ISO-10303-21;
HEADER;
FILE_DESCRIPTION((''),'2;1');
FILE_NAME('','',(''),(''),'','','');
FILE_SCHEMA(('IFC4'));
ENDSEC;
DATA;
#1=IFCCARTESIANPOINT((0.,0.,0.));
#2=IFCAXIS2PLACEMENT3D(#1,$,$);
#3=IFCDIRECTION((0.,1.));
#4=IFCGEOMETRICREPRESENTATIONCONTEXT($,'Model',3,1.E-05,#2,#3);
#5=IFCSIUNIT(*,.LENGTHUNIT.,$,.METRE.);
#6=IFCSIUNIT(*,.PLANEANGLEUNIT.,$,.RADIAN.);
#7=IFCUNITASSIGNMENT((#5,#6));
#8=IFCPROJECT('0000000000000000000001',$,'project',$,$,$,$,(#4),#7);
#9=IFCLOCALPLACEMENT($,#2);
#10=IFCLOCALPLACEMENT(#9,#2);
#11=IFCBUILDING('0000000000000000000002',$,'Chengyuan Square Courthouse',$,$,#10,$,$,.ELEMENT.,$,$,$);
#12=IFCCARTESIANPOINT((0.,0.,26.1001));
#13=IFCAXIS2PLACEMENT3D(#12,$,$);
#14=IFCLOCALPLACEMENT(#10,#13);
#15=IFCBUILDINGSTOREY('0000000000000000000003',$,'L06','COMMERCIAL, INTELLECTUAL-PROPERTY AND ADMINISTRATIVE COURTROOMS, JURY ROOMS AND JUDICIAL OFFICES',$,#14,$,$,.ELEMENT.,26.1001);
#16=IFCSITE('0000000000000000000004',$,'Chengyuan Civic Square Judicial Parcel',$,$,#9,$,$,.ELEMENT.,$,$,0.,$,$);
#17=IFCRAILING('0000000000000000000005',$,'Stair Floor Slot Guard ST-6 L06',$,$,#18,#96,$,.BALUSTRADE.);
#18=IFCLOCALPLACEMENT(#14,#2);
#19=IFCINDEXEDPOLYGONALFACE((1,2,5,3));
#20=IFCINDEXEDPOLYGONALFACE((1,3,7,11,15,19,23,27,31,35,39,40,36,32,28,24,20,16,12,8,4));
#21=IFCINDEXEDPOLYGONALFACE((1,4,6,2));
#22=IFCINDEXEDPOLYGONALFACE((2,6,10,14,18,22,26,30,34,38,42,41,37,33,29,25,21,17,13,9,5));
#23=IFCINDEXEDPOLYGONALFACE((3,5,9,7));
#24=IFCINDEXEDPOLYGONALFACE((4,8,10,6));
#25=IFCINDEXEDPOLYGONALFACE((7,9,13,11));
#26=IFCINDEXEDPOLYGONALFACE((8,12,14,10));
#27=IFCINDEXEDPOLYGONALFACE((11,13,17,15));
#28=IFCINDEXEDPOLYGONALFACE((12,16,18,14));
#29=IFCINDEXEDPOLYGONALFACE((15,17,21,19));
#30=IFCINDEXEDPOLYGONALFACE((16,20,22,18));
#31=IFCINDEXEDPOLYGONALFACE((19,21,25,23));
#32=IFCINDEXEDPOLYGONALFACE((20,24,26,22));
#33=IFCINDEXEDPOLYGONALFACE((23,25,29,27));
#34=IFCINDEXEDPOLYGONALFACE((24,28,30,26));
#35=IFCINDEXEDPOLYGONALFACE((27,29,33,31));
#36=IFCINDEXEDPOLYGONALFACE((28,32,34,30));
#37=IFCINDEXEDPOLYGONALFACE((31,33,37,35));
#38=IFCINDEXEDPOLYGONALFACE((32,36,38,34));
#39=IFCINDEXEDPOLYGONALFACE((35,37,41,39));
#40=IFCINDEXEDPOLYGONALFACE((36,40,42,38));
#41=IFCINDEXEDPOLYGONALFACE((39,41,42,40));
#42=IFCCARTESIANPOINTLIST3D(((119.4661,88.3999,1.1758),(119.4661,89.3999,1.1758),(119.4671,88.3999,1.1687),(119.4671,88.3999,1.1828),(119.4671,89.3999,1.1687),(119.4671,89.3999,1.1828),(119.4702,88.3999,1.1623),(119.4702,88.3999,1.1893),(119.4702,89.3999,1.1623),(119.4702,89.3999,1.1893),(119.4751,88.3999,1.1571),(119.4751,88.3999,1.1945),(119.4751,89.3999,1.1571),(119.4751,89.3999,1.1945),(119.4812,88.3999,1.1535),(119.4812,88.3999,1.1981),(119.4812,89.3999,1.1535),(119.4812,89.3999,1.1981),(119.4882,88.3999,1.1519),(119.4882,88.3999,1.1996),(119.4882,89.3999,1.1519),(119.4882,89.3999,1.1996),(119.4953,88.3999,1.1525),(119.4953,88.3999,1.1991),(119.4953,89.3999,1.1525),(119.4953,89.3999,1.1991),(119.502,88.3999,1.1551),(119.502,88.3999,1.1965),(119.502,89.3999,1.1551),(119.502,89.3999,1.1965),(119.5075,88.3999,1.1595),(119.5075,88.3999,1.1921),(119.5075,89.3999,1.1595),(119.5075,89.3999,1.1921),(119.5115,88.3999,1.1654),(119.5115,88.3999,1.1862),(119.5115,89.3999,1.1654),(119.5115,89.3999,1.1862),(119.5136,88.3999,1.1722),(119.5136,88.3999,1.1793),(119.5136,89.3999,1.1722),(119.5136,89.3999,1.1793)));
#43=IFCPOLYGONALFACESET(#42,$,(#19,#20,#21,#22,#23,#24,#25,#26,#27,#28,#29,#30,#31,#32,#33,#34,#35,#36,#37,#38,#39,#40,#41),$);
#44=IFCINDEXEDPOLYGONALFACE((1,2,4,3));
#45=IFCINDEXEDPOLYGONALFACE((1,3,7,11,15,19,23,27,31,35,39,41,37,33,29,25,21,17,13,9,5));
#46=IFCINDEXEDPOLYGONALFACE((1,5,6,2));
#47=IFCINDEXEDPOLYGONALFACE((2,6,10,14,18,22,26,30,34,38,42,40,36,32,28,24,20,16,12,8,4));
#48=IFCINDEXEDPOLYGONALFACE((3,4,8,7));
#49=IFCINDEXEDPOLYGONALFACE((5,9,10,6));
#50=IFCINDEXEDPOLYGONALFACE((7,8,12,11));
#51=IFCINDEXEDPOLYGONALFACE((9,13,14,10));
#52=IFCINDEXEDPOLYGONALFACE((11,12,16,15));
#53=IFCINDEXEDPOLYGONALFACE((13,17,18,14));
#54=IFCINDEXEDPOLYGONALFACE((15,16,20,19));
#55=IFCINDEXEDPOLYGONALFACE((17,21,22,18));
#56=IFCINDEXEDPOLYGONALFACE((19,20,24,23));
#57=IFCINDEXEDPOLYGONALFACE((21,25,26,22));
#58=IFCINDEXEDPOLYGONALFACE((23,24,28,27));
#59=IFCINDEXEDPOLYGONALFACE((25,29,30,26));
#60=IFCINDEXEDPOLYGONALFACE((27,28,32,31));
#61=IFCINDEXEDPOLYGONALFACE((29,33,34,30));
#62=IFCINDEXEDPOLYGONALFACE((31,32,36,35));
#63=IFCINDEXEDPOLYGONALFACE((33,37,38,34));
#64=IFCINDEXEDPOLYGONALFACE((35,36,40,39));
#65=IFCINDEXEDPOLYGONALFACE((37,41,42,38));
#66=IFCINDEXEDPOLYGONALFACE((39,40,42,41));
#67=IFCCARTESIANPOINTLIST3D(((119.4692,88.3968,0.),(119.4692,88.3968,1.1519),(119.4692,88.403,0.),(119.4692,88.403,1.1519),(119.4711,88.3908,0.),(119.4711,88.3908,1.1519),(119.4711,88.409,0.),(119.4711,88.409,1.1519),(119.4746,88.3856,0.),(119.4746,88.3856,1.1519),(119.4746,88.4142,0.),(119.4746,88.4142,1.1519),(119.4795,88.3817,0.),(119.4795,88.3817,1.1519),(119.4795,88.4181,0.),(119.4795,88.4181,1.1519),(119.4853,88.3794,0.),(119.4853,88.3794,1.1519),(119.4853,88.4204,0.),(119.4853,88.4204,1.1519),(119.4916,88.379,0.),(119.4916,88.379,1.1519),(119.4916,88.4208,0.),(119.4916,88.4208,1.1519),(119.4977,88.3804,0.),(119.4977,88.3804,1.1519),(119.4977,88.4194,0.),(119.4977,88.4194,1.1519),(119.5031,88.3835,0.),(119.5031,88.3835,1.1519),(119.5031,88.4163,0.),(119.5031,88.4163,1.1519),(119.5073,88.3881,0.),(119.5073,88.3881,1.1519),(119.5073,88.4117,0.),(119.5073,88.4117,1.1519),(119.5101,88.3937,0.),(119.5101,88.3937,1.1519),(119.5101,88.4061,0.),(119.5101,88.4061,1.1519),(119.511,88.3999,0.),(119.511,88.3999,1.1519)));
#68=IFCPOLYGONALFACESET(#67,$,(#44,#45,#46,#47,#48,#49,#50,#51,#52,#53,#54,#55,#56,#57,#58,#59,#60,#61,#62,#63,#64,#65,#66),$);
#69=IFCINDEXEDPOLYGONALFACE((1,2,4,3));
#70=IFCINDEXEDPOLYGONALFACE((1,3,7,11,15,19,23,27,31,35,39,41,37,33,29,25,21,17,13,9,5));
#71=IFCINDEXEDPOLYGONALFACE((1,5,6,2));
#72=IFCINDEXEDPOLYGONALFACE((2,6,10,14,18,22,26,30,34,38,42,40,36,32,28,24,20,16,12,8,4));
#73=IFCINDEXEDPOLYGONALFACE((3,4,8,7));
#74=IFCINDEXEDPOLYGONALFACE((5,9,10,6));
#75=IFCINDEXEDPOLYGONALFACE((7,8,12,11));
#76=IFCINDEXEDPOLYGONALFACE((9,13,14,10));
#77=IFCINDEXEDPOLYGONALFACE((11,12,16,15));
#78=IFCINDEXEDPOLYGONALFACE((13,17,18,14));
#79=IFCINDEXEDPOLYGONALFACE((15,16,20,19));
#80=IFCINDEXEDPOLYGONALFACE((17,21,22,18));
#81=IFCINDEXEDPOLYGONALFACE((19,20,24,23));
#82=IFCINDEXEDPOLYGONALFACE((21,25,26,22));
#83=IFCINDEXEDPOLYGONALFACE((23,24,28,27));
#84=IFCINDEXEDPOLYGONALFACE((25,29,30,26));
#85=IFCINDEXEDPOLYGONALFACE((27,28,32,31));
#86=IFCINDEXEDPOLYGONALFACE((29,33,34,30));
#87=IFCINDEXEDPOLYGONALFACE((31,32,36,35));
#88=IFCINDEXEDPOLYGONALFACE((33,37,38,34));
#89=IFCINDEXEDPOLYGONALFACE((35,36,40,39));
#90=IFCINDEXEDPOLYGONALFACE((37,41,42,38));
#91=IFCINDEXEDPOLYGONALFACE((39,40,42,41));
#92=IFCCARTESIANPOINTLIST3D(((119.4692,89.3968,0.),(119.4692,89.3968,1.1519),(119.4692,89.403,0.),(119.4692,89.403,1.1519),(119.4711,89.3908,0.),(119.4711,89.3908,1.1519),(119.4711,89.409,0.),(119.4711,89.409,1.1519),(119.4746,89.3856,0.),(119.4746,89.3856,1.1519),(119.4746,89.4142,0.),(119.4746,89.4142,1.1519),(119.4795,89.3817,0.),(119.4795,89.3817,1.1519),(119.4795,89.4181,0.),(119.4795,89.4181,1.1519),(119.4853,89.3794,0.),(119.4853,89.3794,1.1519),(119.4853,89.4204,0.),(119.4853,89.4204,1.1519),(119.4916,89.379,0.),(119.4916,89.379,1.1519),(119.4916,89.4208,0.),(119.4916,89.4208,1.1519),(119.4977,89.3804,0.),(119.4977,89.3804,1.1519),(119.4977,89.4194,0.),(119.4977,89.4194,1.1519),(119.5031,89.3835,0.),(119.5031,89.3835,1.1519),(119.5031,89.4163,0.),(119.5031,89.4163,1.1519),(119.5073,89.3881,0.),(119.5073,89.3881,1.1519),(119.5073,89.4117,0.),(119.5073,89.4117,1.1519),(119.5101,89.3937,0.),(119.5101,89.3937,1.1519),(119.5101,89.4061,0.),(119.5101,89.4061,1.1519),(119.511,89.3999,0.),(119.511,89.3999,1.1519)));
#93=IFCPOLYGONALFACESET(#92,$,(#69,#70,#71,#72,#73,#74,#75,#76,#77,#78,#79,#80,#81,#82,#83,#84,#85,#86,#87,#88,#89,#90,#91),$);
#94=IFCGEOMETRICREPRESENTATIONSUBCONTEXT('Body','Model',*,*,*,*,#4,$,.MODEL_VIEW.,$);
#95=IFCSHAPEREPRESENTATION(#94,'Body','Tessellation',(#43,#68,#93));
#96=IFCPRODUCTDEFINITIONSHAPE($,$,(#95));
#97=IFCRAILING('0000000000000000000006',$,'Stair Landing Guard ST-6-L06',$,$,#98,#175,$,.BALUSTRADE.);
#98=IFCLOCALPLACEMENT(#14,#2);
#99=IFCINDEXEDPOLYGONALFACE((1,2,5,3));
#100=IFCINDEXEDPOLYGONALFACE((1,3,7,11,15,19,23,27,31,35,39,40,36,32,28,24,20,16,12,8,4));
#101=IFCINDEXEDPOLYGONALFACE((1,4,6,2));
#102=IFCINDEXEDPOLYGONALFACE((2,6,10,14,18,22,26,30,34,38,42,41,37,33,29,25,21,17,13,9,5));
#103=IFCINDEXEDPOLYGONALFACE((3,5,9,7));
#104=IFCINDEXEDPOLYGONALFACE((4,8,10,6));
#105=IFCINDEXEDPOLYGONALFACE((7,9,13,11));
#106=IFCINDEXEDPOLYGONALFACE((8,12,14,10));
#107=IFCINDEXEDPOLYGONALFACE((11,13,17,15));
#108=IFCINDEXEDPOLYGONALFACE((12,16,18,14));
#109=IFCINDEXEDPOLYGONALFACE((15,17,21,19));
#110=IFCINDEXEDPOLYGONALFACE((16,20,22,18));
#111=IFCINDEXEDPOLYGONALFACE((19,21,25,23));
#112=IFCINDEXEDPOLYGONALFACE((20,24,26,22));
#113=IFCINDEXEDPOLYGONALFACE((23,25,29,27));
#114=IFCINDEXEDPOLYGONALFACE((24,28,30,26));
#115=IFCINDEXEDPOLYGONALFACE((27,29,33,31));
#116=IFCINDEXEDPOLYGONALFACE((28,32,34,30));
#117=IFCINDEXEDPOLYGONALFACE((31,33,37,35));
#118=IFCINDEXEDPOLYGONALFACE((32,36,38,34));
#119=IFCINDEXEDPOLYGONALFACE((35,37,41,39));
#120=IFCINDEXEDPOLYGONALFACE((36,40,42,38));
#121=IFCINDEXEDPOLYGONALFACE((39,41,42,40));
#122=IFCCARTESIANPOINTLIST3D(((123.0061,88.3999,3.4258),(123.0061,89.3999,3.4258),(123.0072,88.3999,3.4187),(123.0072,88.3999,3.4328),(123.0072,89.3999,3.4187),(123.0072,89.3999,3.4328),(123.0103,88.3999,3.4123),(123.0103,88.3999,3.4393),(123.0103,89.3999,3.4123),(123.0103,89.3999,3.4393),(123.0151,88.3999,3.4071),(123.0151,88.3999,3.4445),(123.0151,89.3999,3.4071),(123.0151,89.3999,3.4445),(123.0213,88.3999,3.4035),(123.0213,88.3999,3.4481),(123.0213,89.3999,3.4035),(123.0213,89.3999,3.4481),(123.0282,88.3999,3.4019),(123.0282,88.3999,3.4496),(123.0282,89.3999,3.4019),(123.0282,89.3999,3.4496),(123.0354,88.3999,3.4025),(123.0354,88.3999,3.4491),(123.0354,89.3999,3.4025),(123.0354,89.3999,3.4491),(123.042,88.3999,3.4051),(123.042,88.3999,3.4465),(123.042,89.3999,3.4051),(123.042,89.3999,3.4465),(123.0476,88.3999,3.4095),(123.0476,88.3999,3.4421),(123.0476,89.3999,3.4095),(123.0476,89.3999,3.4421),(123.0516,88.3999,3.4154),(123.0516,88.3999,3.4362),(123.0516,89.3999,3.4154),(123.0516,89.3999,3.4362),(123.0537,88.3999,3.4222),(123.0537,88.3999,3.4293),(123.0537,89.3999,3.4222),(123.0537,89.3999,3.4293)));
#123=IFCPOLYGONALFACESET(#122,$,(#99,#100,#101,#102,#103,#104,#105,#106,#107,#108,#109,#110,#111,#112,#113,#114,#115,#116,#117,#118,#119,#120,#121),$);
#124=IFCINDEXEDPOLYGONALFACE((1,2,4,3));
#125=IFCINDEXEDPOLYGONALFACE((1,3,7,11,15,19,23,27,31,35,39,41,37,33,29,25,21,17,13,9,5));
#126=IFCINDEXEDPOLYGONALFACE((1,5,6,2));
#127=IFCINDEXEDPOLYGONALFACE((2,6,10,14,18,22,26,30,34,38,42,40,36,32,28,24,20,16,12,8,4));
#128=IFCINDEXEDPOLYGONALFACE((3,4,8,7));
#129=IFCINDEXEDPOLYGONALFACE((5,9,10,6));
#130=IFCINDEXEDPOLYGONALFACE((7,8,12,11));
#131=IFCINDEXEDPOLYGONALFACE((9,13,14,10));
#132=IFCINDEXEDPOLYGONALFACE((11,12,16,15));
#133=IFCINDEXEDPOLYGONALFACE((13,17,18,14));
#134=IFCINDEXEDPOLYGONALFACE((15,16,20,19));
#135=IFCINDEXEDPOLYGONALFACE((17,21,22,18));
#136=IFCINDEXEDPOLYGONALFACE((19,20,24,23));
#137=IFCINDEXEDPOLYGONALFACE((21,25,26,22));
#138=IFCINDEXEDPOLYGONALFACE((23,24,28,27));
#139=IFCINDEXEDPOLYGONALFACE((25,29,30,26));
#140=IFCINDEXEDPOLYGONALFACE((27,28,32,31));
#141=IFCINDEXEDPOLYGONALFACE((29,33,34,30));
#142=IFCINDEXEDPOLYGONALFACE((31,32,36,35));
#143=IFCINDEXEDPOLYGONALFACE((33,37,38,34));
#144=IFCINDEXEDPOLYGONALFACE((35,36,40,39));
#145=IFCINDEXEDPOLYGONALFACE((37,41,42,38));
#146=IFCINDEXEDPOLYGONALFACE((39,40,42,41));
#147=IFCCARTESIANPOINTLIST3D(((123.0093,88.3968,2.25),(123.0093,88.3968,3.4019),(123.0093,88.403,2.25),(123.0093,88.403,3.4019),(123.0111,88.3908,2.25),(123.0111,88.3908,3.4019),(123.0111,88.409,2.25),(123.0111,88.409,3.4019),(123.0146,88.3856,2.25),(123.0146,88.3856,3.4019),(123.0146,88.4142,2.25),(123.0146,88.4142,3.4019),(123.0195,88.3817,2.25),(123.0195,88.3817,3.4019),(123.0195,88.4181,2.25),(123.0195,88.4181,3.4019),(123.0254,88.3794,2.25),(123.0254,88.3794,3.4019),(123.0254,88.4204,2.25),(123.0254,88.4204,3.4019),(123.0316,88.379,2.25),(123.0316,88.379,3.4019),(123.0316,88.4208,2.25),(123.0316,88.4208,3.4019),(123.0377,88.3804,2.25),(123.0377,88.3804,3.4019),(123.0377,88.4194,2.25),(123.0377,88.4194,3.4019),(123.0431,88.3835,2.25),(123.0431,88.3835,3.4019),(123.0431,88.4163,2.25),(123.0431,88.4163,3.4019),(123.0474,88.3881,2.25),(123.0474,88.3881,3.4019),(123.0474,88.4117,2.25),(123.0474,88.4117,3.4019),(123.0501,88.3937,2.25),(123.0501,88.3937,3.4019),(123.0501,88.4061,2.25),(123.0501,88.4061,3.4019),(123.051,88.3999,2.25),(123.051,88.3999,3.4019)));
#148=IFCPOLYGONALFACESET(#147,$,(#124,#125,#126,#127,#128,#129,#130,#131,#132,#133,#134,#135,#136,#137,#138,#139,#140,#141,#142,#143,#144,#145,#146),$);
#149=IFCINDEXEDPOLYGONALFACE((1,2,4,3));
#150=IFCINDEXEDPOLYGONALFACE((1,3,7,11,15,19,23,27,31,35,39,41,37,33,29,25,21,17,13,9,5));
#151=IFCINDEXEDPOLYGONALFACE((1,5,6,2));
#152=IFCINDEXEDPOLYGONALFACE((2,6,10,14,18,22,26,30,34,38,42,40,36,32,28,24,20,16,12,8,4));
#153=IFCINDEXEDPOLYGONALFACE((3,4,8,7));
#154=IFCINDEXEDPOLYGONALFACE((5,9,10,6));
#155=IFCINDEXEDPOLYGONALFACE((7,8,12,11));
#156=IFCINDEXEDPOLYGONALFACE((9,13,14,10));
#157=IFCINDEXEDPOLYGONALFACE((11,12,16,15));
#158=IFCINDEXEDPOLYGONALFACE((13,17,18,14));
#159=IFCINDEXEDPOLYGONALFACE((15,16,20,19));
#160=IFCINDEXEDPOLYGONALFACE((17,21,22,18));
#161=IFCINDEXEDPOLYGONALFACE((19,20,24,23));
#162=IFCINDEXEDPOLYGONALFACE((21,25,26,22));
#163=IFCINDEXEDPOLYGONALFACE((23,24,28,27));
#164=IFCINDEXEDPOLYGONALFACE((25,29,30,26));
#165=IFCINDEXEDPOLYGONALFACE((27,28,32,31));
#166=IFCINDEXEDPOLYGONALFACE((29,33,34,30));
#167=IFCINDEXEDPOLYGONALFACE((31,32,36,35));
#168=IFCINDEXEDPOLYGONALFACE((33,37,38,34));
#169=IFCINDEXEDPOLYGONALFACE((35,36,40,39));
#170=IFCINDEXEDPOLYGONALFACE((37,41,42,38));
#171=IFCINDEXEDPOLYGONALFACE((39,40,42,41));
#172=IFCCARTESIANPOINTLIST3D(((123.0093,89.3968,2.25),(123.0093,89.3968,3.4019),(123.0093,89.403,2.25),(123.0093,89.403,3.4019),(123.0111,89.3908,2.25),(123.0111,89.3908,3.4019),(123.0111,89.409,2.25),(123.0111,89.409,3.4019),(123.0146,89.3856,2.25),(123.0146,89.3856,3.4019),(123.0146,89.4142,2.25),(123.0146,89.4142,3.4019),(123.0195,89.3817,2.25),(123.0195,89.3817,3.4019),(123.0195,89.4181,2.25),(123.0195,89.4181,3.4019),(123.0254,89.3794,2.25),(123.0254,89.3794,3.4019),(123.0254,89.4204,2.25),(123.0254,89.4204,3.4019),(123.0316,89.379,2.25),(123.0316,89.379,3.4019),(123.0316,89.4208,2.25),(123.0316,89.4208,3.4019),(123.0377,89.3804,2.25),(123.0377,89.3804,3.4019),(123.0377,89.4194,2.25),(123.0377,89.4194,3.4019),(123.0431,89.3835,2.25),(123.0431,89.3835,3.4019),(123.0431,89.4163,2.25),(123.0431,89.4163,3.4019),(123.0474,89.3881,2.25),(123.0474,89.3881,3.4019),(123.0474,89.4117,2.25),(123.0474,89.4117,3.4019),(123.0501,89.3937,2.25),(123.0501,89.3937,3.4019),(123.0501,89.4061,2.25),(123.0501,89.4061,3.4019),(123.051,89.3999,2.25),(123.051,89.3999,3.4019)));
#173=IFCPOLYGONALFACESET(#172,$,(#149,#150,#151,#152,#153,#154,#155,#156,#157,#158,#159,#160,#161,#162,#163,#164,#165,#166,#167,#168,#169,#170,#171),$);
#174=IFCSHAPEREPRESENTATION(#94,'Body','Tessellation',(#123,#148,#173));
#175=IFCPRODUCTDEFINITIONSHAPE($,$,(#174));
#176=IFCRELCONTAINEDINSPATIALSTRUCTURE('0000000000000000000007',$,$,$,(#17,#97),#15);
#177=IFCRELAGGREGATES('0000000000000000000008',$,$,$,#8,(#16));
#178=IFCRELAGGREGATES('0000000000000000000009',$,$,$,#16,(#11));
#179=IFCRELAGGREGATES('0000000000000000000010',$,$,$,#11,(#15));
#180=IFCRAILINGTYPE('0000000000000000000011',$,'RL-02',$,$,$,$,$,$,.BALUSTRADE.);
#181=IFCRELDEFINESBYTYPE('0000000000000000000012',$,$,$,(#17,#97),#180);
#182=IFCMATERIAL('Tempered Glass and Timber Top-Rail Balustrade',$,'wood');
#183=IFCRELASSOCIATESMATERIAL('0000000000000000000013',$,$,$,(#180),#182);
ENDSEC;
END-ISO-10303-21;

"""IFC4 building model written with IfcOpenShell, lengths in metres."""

from ifc_helpers import new_model, si_unit, direction, frame, origin, origin_2d, place, context, subcontext, project, spatial, circle, extrude, material, type_object, element, save


model = new_model("IFC4")

# Units and contexts
model_context = context("Model", 3, precision=1e-05, world=origin(), true_north=direction((0.0, 1.0)))
body_context = subcontext(model_context, "Body", "Model", "MODEL_VIEW")
ifc_project = project(units=[si_unit("LENGTHUNIT", "METRE"), si_unit("PLANEANGLEUNIT", "RADIAN")], contexts=[model_context])

# Site, building, storey
site_placement = place(None, origin())
site = spatial("IfcSite", under=ifc_project, at=site_placement, Name="Chengyuan Civic Square Judicial Parcel", CompositionType="ELEMENT", RefElevation=0.0)
building_placement = place(site_placement, origin())
building = spatial("IfcBuilding", under=site, at=building_placement, Name="Chengyuan Square Courthouse", CompositionType="ELEMENT")
storey_placement = place(building_placement, frame((0.0, 0.0, 26.1001)))
storey = spatial("IfcBuildingStorey", under=building, at=storey_placement, Name="L06", Description="COMMERCIAL, INTELLECTUAL-PROPERTY AND ADMINISTRATIVE COURTROOMS, JURY ROOMS AND JUDICIAL OFFICES", CompositionType="ELEMENT", Elevation=26.1001)

# Railings
ifc_material_1 = material(Name="Tempered Glass and Timber Top-Rail Balustrade", Category="wood")
railing_type_1 = type_object("IfcRailingType", Name="RL-02", PredefinedType="BALUSTRADE", material=ifc_material_1)
for number, where, name in (
    (1, (119.49, 88.3999, 0.0), "Stair Floor Slot Guard ST-6 L06"),
    (2, (123.03, 88.3999, 2.25), "Stair Landing Guard ST-6-L06"),
):
    element("IfcRailing", number, at=place(storey_placement, frame(where)), inside=storey, type_object=railing_type_1, Name=name, PredefinedType="BALUSTRADE", context=body_context, shape_type="SweptSolid", body=[
        extrude(circle(Radius=0.0239, at=origin_2d()), frame((0.0, 0.0, 1.1758), z_axis=(0.0, 1.0, 0.0), x_axis=(-1.0, 0.0, 0.0)), (0.0, 0.0, 1.0), 1.0),
        extrude(circle(Radius=0.021, at=origin_2d()), origin(), (0.0, 0.0, 1.0), 1.1519),
        extrude(circle(Radius=0.021, at=origin_2d()), frame((0.0, 1.0, 0.0)), (0.0, 0.0, 1.0), 1.1519),
    ])

save(model, "model.ifc")
